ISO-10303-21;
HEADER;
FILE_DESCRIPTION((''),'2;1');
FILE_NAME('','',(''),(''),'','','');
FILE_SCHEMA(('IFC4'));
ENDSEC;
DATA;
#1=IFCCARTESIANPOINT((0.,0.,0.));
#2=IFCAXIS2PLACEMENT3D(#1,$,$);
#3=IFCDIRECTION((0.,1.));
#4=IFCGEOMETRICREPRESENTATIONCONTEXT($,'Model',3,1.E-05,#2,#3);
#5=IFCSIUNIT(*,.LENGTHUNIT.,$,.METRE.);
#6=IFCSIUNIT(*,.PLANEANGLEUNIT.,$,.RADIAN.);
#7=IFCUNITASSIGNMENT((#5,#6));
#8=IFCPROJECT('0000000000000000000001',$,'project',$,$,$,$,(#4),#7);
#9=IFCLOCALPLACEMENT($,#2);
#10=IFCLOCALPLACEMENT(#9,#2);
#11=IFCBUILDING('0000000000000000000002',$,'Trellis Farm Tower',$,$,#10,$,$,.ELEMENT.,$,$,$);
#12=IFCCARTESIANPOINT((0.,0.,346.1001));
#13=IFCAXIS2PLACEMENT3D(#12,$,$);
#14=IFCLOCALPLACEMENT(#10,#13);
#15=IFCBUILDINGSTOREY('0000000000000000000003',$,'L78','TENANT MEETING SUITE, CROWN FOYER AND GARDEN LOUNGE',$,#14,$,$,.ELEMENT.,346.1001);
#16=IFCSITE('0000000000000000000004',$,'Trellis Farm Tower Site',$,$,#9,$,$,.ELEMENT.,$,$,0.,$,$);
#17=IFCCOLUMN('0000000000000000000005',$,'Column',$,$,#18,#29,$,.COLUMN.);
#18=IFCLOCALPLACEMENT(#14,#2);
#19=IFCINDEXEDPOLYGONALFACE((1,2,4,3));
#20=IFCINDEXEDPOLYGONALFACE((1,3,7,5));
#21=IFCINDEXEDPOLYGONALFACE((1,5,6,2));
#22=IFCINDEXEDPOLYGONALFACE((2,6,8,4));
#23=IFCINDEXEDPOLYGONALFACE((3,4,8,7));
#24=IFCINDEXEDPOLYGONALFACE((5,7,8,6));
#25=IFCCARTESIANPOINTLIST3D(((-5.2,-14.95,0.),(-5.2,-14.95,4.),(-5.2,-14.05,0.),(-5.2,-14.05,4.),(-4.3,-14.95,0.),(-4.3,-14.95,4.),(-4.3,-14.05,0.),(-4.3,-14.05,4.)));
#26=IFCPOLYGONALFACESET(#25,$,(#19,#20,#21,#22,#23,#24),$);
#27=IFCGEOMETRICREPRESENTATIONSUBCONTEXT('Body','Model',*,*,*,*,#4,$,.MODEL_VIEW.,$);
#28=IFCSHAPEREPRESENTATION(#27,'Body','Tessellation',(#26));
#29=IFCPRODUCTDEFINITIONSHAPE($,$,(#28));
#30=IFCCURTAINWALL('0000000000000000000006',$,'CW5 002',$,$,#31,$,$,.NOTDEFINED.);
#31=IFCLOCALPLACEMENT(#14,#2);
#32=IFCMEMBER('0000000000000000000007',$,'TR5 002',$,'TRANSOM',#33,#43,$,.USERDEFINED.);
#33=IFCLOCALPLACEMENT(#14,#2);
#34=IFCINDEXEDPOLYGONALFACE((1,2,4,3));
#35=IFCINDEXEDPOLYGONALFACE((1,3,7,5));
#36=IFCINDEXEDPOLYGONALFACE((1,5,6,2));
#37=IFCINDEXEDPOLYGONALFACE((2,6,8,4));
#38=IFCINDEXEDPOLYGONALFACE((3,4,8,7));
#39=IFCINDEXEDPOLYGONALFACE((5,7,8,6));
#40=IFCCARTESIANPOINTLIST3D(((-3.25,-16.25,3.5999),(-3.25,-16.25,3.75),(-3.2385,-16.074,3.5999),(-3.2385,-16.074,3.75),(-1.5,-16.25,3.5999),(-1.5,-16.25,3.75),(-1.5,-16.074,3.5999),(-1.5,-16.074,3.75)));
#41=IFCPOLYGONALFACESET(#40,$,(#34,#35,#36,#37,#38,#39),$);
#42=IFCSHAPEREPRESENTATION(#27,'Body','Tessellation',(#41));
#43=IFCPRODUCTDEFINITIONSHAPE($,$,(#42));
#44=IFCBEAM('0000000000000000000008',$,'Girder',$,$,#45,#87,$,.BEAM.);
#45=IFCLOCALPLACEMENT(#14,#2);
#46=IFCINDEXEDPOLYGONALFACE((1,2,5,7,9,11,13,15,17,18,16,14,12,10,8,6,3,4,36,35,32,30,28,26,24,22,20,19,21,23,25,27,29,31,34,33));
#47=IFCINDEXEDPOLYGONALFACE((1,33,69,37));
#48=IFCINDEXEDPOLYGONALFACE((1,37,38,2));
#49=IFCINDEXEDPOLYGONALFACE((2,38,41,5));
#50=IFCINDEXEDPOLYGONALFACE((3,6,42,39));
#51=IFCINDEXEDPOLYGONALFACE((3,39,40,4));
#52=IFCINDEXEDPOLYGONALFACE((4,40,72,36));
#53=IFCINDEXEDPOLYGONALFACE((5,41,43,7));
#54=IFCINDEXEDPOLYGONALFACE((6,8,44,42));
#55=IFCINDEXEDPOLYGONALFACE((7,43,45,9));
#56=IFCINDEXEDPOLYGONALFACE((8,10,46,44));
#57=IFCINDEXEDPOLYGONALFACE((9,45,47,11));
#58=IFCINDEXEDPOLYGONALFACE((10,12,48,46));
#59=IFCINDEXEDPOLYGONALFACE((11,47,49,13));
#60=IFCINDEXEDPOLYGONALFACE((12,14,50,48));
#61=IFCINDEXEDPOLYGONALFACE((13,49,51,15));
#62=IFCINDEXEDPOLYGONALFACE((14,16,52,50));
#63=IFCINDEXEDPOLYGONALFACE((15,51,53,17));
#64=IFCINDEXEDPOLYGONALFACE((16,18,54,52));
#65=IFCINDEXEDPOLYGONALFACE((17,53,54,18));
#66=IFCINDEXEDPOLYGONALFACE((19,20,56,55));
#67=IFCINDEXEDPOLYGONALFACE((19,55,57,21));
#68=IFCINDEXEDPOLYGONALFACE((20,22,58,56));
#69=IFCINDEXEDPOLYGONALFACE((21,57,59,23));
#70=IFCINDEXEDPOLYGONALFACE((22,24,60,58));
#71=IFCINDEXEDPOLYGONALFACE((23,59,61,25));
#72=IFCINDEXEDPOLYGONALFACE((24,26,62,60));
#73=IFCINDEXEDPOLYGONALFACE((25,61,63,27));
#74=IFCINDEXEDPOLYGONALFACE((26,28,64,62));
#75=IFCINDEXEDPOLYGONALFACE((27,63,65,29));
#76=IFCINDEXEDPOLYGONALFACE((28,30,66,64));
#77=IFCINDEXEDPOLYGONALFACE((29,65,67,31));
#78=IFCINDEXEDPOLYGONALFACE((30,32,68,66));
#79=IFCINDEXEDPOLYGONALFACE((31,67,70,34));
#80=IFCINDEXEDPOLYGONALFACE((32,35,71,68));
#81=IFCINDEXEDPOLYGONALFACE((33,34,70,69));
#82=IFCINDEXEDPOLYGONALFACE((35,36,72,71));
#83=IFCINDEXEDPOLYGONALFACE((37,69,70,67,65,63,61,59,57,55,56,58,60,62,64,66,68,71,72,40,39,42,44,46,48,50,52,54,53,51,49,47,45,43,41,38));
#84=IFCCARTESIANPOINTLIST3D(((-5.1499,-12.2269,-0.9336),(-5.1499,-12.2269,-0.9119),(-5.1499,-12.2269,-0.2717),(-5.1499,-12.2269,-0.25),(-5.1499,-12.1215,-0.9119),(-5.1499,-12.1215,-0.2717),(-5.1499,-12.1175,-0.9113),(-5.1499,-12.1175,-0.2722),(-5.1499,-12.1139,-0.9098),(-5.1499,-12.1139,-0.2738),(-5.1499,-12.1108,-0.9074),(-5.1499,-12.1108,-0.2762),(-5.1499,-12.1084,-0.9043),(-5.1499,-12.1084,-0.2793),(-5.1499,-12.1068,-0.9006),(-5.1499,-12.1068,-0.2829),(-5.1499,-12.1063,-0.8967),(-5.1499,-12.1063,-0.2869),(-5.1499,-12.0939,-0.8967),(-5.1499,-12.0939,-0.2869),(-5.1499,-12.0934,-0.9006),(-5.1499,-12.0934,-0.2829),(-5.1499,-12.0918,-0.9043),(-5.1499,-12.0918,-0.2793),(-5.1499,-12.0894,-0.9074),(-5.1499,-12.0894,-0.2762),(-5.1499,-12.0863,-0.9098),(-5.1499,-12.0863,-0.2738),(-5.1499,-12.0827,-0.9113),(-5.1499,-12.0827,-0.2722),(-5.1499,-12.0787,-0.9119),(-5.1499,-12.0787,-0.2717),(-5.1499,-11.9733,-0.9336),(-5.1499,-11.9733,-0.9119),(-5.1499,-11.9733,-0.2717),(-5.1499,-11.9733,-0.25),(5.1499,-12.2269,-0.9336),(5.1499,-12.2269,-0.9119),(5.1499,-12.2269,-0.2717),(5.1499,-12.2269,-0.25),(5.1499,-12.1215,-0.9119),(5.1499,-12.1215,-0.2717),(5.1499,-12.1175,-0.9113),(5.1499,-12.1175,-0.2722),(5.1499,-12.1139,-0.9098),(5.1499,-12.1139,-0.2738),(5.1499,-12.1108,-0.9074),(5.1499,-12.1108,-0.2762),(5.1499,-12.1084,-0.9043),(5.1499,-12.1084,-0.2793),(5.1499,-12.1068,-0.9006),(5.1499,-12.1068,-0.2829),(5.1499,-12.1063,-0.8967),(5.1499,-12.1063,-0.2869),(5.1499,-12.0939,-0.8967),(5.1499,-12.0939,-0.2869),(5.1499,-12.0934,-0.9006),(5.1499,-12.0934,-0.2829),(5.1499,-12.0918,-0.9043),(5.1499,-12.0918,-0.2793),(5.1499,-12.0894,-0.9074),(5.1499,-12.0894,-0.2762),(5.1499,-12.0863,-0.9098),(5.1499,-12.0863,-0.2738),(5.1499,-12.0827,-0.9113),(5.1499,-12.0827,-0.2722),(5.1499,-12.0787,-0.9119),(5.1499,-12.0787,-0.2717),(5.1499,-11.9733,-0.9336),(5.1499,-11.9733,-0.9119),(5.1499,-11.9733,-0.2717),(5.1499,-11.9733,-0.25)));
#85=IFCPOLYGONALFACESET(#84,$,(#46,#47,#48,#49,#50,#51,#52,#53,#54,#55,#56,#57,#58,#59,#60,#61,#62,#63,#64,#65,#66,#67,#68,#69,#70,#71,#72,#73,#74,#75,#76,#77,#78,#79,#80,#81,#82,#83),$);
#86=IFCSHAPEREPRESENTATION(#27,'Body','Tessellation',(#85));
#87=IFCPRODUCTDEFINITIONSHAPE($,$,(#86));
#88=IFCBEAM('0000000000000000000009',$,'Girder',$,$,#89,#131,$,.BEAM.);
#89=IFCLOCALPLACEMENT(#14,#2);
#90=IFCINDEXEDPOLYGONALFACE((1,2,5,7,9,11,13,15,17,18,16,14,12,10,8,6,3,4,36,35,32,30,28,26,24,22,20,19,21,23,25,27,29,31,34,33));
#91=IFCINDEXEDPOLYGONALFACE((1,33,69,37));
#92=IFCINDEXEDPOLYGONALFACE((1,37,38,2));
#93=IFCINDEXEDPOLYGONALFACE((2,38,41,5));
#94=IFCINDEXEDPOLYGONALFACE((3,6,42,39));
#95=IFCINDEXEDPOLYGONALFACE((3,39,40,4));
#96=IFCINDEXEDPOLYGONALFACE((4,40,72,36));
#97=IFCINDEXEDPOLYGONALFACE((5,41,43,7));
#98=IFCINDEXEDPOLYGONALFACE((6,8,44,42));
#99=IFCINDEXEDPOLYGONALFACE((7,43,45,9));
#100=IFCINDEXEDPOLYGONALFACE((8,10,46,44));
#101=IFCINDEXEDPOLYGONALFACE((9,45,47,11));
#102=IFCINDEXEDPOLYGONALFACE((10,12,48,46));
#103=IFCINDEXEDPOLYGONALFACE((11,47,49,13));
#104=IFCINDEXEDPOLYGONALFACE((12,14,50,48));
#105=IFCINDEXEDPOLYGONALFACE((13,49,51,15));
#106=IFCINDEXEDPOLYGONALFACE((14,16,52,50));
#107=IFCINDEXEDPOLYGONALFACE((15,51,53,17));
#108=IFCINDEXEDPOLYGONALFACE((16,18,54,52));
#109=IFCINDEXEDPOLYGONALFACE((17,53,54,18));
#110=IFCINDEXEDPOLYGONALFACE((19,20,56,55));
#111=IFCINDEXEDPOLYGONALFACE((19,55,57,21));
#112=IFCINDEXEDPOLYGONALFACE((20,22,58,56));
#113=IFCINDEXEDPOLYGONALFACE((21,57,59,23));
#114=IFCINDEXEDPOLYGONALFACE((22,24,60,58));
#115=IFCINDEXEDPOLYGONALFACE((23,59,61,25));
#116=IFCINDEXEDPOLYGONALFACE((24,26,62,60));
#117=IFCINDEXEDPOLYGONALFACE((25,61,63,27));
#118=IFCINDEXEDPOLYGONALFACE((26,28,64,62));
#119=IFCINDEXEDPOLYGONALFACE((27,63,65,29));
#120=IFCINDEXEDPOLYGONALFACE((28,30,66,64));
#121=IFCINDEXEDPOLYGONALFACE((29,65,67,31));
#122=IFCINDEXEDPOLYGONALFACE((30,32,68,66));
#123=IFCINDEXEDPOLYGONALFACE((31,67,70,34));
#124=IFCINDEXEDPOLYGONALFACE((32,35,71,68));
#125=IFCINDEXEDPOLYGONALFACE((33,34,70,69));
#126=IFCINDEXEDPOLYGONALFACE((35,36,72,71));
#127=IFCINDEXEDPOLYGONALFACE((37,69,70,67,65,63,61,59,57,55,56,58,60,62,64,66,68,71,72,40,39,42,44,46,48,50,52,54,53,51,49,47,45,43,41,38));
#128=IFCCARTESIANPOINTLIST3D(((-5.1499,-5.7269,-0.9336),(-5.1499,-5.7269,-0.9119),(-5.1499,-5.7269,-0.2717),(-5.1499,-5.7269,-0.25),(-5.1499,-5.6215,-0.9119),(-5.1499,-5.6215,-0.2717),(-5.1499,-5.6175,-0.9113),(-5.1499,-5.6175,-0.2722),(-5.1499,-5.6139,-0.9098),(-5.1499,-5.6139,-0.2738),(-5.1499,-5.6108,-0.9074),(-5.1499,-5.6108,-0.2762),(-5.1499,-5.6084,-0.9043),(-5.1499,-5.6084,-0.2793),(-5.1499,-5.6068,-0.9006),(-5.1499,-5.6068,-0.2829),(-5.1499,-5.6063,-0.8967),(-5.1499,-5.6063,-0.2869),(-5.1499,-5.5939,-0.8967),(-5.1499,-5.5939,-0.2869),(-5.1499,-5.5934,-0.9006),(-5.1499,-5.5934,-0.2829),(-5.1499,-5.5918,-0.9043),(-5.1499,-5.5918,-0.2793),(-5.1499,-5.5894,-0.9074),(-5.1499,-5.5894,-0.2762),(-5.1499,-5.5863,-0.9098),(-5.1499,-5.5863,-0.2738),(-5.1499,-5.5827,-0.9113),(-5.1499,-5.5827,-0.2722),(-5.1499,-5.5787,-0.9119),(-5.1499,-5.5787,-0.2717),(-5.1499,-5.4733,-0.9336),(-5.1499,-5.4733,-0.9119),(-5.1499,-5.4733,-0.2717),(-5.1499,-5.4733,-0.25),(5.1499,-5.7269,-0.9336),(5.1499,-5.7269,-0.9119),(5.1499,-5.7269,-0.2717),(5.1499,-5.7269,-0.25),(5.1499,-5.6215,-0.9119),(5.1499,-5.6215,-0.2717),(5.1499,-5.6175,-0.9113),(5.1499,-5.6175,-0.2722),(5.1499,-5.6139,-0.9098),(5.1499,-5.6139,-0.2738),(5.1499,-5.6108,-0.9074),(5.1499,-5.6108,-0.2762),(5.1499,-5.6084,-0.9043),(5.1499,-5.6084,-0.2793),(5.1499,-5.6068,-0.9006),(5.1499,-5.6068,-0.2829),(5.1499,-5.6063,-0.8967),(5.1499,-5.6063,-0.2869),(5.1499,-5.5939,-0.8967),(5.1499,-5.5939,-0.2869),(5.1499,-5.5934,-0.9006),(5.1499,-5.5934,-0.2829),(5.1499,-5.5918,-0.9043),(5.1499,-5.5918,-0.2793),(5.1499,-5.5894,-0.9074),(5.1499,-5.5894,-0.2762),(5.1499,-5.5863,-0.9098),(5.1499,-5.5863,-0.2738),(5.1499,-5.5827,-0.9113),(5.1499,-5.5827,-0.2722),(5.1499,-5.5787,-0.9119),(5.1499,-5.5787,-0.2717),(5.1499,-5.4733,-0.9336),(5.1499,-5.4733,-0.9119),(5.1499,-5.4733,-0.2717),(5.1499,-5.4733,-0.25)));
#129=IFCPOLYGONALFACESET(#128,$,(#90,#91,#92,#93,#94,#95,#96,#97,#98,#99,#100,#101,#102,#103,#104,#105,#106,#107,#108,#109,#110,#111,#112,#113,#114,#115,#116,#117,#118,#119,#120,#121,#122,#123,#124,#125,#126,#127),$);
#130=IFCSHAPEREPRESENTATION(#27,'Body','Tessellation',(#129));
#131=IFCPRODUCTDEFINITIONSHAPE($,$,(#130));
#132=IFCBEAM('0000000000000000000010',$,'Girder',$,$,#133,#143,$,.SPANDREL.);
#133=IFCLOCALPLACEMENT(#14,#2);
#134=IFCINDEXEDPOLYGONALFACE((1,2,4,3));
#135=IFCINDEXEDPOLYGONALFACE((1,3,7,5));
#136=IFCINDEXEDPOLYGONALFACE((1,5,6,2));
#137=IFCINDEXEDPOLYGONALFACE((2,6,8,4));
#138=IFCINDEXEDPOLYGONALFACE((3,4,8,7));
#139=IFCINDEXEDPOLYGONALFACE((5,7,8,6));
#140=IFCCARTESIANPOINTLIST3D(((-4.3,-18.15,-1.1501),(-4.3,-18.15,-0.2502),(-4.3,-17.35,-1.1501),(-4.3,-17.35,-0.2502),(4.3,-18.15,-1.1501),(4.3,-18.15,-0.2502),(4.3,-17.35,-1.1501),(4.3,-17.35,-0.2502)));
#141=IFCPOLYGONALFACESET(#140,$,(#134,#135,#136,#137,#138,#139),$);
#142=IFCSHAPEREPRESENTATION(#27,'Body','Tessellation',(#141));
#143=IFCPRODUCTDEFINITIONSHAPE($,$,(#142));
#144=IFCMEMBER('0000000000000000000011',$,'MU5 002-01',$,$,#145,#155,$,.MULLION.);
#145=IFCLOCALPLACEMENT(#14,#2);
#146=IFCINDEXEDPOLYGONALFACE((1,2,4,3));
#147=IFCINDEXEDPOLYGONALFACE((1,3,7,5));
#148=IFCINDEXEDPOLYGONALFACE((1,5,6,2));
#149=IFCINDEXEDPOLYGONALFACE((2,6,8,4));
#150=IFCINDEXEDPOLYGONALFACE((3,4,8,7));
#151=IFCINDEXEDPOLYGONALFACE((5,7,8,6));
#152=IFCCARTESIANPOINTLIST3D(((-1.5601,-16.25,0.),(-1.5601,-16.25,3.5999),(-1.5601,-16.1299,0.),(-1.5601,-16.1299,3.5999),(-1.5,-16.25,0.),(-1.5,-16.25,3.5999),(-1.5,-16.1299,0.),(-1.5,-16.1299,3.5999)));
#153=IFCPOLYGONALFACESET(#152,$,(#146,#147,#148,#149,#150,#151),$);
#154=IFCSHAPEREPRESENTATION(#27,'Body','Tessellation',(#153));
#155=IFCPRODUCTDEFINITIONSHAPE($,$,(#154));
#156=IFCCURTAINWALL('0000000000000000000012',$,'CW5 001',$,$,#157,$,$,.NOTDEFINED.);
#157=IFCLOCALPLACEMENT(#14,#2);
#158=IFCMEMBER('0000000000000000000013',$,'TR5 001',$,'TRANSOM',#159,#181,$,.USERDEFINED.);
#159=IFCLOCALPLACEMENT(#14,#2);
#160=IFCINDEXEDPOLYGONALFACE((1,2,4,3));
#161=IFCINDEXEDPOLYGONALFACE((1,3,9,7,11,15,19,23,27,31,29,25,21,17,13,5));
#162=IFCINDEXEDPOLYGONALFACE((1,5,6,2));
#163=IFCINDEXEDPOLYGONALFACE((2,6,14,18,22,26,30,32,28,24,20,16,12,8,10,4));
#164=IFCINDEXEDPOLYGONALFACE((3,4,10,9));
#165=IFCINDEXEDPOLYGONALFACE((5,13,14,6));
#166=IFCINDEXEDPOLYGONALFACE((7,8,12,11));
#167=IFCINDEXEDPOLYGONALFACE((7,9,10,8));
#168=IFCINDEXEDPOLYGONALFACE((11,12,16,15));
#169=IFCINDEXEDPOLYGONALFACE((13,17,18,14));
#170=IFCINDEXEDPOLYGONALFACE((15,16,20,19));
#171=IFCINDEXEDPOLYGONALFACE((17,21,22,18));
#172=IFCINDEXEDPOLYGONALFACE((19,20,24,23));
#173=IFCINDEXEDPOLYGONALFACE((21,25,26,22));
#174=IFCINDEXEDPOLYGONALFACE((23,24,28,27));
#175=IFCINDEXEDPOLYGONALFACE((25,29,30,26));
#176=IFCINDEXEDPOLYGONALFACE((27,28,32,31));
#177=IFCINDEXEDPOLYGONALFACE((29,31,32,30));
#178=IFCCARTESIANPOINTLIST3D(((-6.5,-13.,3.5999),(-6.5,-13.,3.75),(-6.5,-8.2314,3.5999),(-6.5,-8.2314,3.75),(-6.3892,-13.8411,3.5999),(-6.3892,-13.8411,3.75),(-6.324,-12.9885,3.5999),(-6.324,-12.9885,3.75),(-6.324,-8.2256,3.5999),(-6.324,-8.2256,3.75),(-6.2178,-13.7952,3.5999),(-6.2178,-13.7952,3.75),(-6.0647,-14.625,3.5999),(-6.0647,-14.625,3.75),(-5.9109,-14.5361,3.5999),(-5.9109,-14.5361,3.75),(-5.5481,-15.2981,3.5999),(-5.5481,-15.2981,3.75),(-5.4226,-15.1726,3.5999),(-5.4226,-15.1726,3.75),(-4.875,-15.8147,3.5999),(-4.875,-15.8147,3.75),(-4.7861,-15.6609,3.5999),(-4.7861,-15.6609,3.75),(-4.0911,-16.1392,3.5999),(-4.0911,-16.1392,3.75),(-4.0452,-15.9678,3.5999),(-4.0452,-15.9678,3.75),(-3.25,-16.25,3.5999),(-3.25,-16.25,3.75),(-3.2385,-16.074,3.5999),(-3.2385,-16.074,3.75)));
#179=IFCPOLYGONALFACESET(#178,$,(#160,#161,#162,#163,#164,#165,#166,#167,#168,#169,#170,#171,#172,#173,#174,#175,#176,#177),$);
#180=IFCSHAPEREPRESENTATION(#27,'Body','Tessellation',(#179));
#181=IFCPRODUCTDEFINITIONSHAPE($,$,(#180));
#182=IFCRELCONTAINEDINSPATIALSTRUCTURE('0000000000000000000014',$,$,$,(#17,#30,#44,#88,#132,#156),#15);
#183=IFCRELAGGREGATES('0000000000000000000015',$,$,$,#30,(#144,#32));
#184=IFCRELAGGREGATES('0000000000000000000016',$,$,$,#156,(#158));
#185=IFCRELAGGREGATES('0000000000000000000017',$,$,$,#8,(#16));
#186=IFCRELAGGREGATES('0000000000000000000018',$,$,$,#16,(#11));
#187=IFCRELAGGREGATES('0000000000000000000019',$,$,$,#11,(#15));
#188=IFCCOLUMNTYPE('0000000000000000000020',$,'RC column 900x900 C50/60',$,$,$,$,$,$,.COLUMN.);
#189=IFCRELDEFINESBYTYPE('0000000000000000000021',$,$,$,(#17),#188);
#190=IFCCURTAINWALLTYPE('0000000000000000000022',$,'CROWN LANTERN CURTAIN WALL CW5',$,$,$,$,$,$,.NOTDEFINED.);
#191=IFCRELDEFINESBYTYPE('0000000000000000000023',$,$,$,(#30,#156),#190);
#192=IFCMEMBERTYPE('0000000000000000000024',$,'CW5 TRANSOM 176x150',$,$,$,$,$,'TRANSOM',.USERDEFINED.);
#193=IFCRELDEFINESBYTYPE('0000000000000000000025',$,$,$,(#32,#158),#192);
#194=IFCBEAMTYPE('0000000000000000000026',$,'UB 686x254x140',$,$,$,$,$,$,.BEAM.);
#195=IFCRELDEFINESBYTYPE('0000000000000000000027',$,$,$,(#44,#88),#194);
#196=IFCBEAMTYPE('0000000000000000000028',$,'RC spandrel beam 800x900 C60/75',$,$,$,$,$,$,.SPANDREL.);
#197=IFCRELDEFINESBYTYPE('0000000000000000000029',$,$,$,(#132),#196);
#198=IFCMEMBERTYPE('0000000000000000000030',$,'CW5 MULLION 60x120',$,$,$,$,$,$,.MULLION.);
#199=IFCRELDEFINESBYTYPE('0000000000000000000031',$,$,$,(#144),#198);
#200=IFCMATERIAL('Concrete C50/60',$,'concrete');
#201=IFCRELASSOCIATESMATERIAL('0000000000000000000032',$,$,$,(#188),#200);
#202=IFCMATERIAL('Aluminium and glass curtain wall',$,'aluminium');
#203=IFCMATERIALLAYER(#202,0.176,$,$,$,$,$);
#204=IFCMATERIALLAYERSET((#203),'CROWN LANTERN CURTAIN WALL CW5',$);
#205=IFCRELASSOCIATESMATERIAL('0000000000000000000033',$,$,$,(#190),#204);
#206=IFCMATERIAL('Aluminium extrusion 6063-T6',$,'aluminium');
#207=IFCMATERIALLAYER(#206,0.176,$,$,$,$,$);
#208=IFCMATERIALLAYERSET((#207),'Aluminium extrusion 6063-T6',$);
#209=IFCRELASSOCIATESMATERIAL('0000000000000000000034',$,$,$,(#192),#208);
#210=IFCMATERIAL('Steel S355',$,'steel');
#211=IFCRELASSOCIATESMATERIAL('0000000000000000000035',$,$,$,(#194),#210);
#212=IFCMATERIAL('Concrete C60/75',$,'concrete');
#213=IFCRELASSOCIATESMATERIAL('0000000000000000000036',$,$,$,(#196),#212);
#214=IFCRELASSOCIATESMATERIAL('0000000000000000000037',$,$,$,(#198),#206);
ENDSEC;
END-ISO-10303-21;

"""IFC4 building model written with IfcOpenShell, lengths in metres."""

from ifc_helpers import new_model, si_unit, direction, frame, origin, origin_2d, place, context, subcontext, project, spatial, polyline, rectangle, i_section, outline, extrude, source, transform, mapped, material, layer, layer_set, material_profile, profile_set, type_object, element, aggregate, save


model = new_model("IFC4")

# Units and contexts
model_context = context("Model", 3, precision=1e-05, world=origin(), true_north=direction((0.0, 1.0)))
body_context = subcontext(model_context, "Body", "Model", "MODEL_VIEW")
ifc_project = project(units=[si_unit("LENGTHUNIT", "METRE"), si_unit("PLANEANGLEUNIT", "RADIAN")], contexts=[model_context])

# Site, building, storey
site_placement = place(None, origin())
site = spatial("IfcSite", under=ifc_project, at=site_placement, Name="Trellis Farm Tower Site", CompositionType="ELEMENT", RefElevation=0.0)
building_placement = place(site_placement, origin())
building = spatial("IfcBuilding", under=site, at=building_placement, Name="Trellis Farm Tower", CompositionType="ELEMENT")
storey_placement = place(building_placement, frame((0.0, 0.0, 346.1001)))
storey = spatial("IfcBuildingStorey", under=building, at=storey_placement, Name="L78", Description="TENANT MEETING SUITE, CROWN FOYER AND GARDEN LOUNGE", CompositionType="ELEMENT", Elevation=346.1001)

# Column
ifc_material_1 = material(Name="Concrete C50/60", Category="concrete")
ifc_material_profile_1 = material_profile(ifc_material_1, rectangle(XDim=0.8999, YDim=0.8999, at=origin_2d()), Name="RC column 900x900 C50/60")
ifc_profile_set_1 = profile_set([ifc_material_profile_1], Name="Concrete C50/60")
column_type = type_object("IfcColumnType", Name="RC column 900x900 C50/60", PredefinedType="COLUMN", material=ifc_profile_set_1)
shared_shape_1 = source(origin(), body_context, "Body", "SweptSolid", [
    extrude(rectangle(XDim=0.8999, YDim=0.8999, at=origin_2d()), origin(), (0.0, 0.0, 1.0), 4.0),
])
column_placement = place(storey_placement, frame((-4.75, -14.5, 0.0), z_axis=(0.0, 0.0, 1.0), x_axis=(1.0, 0.0, 0.0)))
element("IfcColumn", 1, at=column_placement, inside=storey, type_object=column_type, Name="Column", PredefinedType="COLUMN", context=body_context, shape_type="MappedRepresentation", body=[
    mapped(shared_shape_1, transform((0.0, 0.0, 0.0))),
])

# Curtain wall, member
ifc_material_2 = material(Name="Aluminium and glass curtain wall", Category="aluminium")
ifc_layer_1 = layer(ifc_material_2, 0.176)
ifc_layer_set_1 = layer_set([ifc_layer_1], Name="CROWN LANTERN CURTAIN WALL CW5")
curtain_wall_type = type_object("IfcCurtainWallType", Name="CROWN LANTERN CURTAIN WALL CW5", PredefinedType="NOTDEFINED", material=ifc_layer_set_1)
placement_1 = place(storey_placement, origin())
curtain_wall_1 = element("IfcCurtainWall", 2, at=placement_1, inside=storey, type_object=curtain_wall_type, Name="CW5 002", PredefinedType="NOTDEFINED")
ifc_material_3 = material(Name="Aluminium extrusion 6063-T6", Category="aluminium")
ifc_layer_2 = layer(ifc_material_3, 0.176)
ifc_layer_set_2 = layer_set([ifc_layer_2], Name="Aluminium extrusion 6063-T6")
member_type_1 = type_object("IfcMemberType", Name="CW5 TRANSOM 176x150", ElementType="TRANSOM", PredefinedType="USERDEFINED", material=ifc_layer_set_2)
placement_2 = place(storey_placement, frame((0.0, 0.0, 3.5999)))
member_1 = element("IfcMember", 3, at=placement_2, type_object=member_type_1, Name="TR5 002", ObjectType="TRANSOM", PredefinedType="USERDEFINED", context=body_context, shape_type="SweptSolid", body=[
    extrude(outline(polyline([(-3.25, -16.25), (-1.5, -16.25), (-1.5, -16.074), (-3.2385, -16.074), (-3.25, -16.25)])), origin(), (0.0, 0.0, 1.0), 0.1501),
])

# Beams
ifc_material_4 = material(Name="Steel S355", Category="steel")
ifc_material_profile_2 = material_profile(ifc_material_4, i_section(OverallWidth=0.2537, OverallDepth=0.6836, WebThickness=0.0125, FlangeThickness=0.0217, FilletRadius=0.0151, at=origin_2d()), Name="UB 686x254x140")
ifc_profile_set_2 = profile_set([ifc_material_profile_2], Name="Steel S355")
beam_type_1 = type_object("IfcBeamType", Name="UB 686x254x140", PredefinedType="BEAM", material=ifc_profile_set_2)
shared_shape_2 = source(origin(), body_context, "Body", "SweptSolid", [
    extrude(i_section(OverallWidth=0.2537, OverallDepth=0.6836, WebThickness=0.0125, FlangeThickness=0.0217, FilletRadius=0.0151, at=origin_2d()), origin(), (0.0, 0.0, 1.0), 10.2998),
])
for number, where, z_axis, x_axis, name in (
    (4, (-5.1499, -12.1001, -0.5918), (1.0, 0.0, 0.0), (0.0, 1.0, 0.0), "Girder"),
    (5, (-5.1499, -5.6001, -0.5918), (1.0, 0.0, 0.0), (0.0, 1.0, 0.0), "Girder"),
):
    element("IfcBeam", number, at=place(storey_placement, frame(where, z_axis=z_axis, x_axis=x_axis)), inside=storey, type_object=beam_type_1, Name=name, PredefinedType="BEAM", context=body_context, shape_type="MappedRepresentation", body=[
        mapped(shared_shape_2, transform((0.0, 0.0, 0.0))),
    ])
ifc_material_5 = material(Name="Concrete C60/75", Category="concrete")
ifc_material_profile_3 = material_profile(ifc_material_5, rectangle(XDim=0.8, YDim=0.8999, at=origin_2d()), Name="RC spandrel beam 800x900 C60/75")
ifc_profile_set_3 = profile_set([ifc_material_profile_3], Name="Concrete C60/75")
beam_type_2 = type_object("IfcBeamType", Name="RC spandrel beam 800x900 C60/75", PredefinedType="SPANDREL", material=ifc_profile_set_3)
shared_shape_3 = source(origin(), body_context, "Body", "SweptSolid", [
    extrude(rectangle(XDim=0.8, YDim=0.8999, at=origin_2d()), origin(), (0.0, 0.0, 1.0), 8.6001),
])
beam_placement = place(storey_placement, frame((-4.3, -17.75, -0.7002), z_axis=(1.0, 0.0, 0.0), x_axis=(0.0, 1.0, 0.0)))
element("IfcBeam", 6, at=beam_placement, inside=storey, type_object=beam_type_2, Name="Girder", PredefinedType="SPANDREL", context=body_context, shape_type="MappedRepresentation", body=[
    mapped(shared_shape_3, transform((0.0, 0.0, 0.0))),
])

# Member
ifc_material_profile_4 = material_profile(ifc_material_3, rectangle(XDim=0.0601, YDim=0.1201, at=origin_2d()), Name="MULLION 60x120")
ifc_profile_set_4 = profile_set([ifc_material_profile_4], Name="Aluminium extrusion 6063-T6")
member_type_2 = type_object("IfcMemberType", Name="CW5 MULLION 60x120", PredefinedType="MULLION", material=ifc_profile_set_4)
shared_shape_4 = source(origin(), body_context, "Body", "SweptSolid", [
    extrude(rectangle(XDim=0.0601, YDim=0.1201, at=origin_2d()), origin(), (0.0, 0.0, 1.0), 3.5999),
])
member_2_placement = place(storey_placement, frame((-1.53, -16.1899, 0.0), z_axis=(0.0, 0.0, 1.0), x_axis=(1.0, 0.0, 0.0)))
member_2 = element("IfcMember", 7, at=member_2_placement, type_object=member_type_2, Name="MU5 002-01", PredefinedType="MULLION", context=body_context, shape_type="MappedRepresentation", body=[
    mapped(shared_shape_4, transform((0.0, 0.0, 0.0))),
])

# Curtain wall, member
curtain_wall_2 = element("IfcCurtainWall", 8, at=placement_1, inside=storey, type_object=curtain_wall_type, Name="CW5 001", PredefinedType="NOTDEFINED")
shared_shape_5 = source(origin(), body_context, "Body", "SweptSolid", [
    extrude(outline(polyline([(-6.5, -8.2314), (-6.5, -13.0), (-6.3892, -13.8411), (-6.0647, -14.625), (-5.5481, -15.2981), (-4.875, -15.8147), (-4.0911, -16.1392), (-3.25, -16.25), (-3.2385, -16.074), (-4.0452, -15.9678), (-4.7861, -15.6609), (-5.4226, -15.1726), (-5.9109, -14.5361), (-6.2178, -13.7952), (-6.324, -12.9885), (-6.324, -8.2256), (-6.5, -8.2314)])), origin(), (0.0, 0.0, 1.0), 0.1501),
])
member_3 = element("IfcMember", 9, at=placement_2, type_object=member_type_1, Name="TR5 001", ObjectType="TRANSOM", PredefinedType="USERDEFINED", context=body_context, shape_type="MappedRepresentation", body=[
    mapped(shared_shape_5, transform((0.0, 0.0, 0.0))),
])

aggregate(curtain_wall_1, [member_2, member_1])

aggregate(curtain_wall_2, [member_3])

save(model, "model.ifc")
